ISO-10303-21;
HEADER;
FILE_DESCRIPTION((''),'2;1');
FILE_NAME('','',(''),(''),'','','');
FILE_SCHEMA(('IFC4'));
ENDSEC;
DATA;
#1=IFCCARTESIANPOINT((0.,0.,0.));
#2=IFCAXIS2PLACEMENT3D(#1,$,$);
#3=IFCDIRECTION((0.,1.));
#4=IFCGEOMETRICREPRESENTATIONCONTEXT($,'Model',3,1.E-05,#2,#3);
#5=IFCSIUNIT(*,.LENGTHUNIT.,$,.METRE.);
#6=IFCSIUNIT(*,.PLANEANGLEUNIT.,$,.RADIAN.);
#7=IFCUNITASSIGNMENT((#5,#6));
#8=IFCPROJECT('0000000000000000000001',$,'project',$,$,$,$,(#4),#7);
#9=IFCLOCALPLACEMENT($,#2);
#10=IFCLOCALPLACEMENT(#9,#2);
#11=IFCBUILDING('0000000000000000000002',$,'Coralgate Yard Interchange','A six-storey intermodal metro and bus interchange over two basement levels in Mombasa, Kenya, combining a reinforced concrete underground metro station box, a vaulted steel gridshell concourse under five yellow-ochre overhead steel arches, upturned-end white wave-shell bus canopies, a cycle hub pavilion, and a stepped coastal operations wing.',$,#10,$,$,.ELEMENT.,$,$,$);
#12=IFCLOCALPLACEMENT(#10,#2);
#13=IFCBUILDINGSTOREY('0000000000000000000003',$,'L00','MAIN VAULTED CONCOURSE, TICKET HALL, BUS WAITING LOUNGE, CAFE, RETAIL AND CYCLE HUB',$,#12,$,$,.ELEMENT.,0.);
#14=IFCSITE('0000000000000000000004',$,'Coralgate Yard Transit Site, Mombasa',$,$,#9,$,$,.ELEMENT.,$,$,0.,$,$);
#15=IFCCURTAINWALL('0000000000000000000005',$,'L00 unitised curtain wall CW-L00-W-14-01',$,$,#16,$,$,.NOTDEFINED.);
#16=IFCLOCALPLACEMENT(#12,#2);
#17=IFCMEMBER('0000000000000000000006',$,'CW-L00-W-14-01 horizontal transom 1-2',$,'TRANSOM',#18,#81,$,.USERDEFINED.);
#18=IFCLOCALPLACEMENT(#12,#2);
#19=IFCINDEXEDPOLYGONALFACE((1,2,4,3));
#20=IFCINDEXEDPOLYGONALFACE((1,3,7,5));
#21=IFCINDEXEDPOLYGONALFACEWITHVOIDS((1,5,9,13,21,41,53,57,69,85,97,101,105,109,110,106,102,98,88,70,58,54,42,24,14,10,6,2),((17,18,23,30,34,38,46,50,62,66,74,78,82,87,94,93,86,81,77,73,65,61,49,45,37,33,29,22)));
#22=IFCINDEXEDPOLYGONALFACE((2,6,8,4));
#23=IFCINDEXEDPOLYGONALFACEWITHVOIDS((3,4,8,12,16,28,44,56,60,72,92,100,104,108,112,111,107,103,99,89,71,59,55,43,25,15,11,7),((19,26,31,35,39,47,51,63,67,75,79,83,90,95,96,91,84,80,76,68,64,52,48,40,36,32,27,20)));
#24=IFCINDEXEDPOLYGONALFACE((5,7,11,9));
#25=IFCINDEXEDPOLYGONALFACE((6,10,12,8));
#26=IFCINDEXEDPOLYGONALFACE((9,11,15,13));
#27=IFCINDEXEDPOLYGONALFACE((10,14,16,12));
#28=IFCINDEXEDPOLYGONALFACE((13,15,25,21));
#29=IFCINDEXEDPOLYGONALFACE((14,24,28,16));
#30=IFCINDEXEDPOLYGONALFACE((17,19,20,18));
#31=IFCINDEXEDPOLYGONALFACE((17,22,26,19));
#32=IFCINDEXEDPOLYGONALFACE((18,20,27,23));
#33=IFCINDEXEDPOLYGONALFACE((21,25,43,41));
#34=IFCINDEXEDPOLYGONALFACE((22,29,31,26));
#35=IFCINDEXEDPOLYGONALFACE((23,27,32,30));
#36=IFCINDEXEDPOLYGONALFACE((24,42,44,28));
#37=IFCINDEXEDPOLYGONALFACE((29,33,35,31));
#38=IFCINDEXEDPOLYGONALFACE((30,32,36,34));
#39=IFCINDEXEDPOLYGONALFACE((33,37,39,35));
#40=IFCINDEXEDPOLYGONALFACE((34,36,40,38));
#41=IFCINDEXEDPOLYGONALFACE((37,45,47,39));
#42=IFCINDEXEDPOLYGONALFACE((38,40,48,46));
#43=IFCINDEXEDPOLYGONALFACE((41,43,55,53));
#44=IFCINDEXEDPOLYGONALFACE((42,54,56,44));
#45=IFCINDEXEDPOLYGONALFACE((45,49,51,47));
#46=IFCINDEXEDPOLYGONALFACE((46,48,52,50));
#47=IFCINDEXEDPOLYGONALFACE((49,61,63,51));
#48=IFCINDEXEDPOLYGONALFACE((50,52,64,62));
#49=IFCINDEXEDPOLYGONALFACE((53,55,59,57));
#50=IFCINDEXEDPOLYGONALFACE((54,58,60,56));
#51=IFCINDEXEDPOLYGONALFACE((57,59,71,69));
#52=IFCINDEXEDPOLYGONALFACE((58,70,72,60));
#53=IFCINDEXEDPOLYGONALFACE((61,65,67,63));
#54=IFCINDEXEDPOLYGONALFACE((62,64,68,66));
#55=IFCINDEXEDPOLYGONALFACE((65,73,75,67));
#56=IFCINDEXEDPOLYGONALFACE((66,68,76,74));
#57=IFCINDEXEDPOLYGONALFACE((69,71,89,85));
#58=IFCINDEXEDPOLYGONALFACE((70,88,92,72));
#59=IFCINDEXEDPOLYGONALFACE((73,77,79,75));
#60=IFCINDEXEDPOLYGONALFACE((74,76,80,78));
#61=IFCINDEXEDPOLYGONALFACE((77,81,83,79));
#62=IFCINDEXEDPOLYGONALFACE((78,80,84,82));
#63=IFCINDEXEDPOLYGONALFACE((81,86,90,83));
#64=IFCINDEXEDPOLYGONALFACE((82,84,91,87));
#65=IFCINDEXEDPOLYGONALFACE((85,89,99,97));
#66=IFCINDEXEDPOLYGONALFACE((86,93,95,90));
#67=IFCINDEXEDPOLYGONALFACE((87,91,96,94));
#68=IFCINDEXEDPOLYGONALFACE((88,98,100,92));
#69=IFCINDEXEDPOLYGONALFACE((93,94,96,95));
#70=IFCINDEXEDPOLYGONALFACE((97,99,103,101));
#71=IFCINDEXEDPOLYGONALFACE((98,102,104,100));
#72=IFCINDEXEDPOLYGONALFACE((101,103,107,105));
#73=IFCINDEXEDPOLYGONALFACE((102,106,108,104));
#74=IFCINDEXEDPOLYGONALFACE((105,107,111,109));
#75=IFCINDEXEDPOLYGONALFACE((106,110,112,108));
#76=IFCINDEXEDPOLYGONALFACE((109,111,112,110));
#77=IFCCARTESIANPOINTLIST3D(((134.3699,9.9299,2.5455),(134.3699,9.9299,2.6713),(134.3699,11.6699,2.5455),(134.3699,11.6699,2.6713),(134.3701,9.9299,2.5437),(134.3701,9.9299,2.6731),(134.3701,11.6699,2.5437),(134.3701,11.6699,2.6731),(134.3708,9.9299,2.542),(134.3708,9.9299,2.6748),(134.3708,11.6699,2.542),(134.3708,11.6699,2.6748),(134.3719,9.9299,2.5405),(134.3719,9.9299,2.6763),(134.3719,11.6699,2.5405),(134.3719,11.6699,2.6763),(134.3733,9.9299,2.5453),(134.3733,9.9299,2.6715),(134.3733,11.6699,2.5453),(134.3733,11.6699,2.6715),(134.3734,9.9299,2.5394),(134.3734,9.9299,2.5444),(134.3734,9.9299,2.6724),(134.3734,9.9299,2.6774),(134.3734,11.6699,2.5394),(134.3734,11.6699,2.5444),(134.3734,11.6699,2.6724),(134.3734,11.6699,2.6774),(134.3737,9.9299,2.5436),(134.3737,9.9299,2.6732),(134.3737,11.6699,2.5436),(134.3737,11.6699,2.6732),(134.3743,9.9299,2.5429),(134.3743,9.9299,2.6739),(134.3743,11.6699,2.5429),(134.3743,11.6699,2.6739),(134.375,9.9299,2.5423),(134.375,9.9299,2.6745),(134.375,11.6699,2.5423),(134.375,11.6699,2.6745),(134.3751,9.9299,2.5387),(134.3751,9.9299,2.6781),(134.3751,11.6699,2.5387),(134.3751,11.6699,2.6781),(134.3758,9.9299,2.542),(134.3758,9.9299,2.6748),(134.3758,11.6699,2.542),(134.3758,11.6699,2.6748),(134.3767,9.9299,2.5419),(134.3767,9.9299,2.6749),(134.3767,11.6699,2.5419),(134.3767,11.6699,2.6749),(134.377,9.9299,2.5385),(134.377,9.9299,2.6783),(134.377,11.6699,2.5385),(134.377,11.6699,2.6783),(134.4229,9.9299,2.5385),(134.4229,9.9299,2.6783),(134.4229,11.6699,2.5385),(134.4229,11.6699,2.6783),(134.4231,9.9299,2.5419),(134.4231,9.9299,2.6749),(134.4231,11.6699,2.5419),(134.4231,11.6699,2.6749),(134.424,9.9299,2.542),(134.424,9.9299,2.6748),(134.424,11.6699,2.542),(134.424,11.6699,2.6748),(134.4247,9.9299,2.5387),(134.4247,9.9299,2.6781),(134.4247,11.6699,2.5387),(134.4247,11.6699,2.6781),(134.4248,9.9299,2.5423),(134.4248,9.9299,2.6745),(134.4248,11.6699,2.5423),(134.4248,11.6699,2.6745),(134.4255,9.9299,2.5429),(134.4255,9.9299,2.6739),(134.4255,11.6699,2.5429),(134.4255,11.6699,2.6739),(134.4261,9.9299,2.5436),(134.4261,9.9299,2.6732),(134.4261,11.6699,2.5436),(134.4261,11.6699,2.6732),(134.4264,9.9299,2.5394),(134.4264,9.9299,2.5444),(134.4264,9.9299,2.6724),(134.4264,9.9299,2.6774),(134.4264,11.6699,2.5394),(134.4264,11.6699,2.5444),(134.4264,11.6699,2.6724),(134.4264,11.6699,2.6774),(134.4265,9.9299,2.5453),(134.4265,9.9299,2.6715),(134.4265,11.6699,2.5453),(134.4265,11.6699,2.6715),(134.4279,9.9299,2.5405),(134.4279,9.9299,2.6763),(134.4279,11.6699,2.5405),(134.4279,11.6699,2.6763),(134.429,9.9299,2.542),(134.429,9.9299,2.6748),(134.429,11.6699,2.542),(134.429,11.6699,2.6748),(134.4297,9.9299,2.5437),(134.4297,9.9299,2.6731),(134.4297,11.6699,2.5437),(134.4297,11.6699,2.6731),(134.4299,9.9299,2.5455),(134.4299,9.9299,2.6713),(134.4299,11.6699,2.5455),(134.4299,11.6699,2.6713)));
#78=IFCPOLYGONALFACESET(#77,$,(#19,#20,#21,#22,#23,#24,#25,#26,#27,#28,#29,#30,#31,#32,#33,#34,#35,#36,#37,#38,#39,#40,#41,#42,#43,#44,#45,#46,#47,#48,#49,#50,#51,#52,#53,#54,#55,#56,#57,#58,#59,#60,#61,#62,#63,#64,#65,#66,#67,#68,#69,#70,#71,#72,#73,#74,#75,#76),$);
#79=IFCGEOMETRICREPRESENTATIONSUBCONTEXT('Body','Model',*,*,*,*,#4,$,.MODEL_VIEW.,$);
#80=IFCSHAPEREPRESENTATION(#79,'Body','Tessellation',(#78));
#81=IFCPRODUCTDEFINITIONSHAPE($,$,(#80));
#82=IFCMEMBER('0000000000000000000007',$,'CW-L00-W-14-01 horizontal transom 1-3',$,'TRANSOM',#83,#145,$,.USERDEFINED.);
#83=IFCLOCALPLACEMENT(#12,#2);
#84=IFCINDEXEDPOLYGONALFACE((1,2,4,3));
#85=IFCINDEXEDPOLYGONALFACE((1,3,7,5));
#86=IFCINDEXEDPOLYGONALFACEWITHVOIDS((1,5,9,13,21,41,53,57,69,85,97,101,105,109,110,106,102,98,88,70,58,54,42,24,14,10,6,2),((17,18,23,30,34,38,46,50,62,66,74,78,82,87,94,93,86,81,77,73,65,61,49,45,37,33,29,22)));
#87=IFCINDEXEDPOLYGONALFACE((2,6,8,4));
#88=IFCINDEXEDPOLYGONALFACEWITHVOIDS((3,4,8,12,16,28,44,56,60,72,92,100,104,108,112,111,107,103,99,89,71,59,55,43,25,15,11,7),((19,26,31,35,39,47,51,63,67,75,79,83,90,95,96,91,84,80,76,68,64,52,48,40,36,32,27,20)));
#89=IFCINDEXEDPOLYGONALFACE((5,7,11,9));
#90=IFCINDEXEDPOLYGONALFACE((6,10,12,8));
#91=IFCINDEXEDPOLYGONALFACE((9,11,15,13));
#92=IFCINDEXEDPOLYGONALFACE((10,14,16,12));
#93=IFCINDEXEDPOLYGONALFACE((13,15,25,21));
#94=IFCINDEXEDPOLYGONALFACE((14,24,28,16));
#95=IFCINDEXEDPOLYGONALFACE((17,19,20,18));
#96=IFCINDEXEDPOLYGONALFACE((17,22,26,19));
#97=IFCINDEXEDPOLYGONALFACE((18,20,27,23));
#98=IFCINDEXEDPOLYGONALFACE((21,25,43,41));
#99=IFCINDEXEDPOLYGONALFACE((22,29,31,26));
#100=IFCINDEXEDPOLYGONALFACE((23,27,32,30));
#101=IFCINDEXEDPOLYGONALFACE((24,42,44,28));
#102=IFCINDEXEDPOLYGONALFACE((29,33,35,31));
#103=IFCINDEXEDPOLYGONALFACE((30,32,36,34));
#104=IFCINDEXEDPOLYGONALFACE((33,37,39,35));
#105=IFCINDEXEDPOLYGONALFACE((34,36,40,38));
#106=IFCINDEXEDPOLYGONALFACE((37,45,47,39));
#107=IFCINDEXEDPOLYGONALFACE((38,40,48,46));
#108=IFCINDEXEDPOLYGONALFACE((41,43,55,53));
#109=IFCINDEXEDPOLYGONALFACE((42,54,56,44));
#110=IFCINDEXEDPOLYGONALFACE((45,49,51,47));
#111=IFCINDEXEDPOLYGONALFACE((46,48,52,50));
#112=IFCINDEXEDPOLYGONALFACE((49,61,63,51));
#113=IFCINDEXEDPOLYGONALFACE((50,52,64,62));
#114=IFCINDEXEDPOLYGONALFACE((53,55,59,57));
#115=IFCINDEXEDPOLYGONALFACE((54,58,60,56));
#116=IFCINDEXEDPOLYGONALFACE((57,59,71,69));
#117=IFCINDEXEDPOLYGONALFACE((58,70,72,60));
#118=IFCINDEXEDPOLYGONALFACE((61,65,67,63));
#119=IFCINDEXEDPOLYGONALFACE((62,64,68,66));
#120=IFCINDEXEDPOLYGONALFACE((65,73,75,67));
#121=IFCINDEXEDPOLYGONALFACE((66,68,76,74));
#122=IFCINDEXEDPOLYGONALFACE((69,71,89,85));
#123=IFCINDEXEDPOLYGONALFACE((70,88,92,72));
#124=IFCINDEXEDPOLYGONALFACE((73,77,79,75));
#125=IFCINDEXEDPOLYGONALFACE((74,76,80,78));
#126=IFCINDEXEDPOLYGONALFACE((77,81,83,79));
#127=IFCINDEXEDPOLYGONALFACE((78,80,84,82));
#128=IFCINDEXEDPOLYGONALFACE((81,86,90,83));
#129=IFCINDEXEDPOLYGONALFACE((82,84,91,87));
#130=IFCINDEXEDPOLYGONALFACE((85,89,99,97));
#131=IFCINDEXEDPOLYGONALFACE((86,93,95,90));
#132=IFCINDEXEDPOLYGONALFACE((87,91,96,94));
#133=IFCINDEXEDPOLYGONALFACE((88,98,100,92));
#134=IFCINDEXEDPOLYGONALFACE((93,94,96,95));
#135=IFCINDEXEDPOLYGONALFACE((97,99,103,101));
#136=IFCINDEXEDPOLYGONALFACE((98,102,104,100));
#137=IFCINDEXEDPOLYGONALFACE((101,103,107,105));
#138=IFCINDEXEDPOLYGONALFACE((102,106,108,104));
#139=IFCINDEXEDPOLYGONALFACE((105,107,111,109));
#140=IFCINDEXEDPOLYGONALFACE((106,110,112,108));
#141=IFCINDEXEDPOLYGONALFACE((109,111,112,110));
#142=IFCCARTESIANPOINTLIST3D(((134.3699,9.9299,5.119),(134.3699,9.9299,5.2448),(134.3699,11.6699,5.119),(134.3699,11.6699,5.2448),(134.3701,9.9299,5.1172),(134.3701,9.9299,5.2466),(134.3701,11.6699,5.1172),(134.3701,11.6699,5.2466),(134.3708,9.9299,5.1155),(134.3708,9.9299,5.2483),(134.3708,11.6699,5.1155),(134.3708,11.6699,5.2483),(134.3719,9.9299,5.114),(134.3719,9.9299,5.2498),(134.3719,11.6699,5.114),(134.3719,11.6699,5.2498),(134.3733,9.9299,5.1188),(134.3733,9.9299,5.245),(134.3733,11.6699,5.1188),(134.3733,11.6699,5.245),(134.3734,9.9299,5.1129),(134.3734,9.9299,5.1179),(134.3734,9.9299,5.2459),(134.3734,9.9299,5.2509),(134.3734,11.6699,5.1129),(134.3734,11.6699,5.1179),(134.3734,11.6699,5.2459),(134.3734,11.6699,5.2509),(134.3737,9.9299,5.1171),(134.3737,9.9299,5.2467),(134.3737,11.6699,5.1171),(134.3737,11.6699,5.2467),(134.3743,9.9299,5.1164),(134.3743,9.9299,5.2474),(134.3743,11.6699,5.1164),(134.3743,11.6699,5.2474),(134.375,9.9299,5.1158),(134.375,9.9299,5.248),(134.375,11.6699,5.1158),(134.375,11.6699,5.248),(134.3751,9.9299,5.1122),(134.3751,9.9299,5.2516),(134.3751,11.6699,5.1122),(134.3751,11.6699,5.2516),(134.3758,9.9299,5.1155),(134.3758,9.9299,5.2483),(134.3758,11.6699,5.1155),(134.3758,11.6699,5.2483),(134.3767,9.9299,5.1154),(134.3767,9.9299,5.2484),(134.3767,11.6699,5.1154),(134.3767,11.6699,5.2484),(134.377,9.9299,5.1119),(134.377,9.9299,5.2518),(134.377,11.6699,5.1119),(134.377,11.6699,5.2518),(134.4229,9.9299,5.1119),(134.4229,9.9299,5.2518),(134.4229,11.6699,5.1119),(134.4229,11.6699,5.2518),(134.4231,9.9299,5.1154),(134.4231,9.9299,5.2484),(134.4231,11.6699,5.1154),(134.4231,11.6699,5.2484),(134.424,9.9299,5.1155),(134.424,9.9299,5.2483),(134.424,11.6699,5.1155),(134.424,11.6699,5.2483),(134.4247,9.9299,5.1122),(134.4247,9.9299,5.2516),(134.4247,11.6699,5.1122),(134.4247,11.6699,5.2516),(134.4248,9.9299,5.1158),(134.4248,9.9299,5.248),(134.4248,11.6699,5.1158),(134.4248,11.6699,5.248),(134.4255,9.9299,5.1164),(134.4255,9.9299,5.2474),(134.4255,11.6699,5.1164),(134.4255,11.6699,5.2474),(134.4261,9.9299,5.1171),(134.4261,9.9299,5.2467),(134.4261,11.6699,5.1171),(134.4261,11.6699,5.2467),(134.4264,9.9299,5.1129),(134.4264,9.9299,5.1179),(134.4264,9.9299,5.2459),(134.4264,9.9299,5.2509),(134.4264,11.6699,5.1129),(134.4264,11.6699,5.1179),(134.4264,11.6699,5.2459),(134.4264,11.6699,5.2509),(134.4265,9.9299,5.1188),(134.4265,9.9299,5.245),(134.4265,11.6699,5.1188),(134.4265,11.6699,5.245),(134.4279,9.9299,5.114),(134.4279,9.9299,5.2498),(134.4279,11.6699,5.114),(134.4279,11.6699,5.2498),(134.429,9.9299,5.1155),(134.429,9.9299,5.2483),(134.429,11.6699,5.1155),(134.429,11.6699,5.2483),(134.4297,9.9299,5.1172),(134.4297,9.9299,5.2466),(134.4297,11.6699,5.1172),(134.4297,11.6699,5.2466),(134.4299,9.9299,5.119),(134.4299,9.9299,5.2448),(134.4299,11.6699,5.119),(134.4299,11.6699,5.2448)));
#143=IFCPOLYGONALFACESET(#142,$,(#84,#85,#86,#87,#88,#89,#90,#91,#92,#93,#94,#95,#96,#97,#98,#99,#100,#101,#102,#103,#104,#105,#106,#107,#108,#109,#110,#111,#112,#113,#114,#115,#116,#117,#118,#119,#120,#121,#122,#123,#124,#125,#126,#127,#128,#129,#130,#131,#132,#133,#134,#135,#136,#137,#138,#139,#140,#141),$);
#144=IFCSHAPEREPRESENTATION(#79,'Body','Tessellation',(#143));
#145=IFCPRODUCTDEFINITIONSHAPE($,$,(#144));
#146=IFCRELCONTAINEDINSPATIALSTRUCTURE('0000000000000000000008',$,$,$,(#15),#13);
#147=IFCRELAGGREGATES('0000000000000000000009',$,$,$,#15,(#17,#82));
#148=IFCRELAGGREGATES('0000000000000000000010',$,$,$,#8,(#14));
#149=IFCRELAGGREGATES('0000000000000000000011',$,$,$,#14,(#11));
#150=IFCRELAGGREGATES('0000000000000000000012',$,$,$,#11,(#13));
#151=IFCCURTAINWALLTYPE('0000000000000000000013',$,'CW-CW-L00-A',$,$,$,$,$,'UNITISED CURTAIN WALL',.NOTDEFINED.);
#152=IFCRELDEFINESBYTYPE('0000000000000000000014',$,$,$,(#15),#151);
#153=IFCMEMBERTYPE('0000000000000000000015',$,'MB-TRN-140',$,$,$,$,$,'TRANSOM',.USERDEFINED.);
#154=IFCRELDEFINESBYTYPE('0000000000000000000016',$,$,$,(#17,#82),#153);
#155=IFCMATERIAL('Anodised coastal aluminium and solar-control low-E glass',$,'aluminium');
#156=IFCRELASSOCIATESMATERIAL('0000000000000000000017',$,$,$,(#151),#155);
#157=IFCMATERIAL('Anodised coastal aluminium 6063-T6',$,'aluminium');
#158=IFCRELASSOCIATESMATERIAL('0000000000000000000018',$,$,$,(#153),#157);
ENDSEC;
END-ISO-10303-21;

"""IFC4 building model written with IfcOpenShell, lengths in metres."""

from ifc_helpers import new_model, si_unit, direction, frame, origin, origin_2d, place, context, subcontext, project, spatial, hollow_rectangle, extrude, material, material_profile, profile_set, type_object, element, aggregate, save


model = new_model("IFC4")

# Units and contexts
model_context = context("Model", 3, precision=1e-05, world=origin(), true_north=direction((0.0, 1.0)))
body_context = subcontext(model_context, "Body", "Model", "MODEL_VIEW")
ifc_project = project(units=[si_unit("LENGTHUNIT", "METRE"), si_unit("PLANEANGLEUNIT", "RADIAN")], contexts=[model_context])

# Site, building, storey
site_placement = place(None, origin())
site = spatial("IfcSite", under=ifc_project, at=site_placement, Name="Coralgate Yard Transit Site, Mombasa", CompositionType="ELEMENT", RefElevation=0.0)
building_placement = place(site_placement, origin())
building = spatial("IfcBuilding", under=site, at=building_placement, Name="Coralgate Yard Interchange", Description="A six-storey intermodal metro and bus interchange over two basement levels in Mombasa, Kenya, combining a reinforced concrete underground metro station box, a vaulted steel gridshell concourse under five yellow-ochre overhead steel arches, upturned-end white wave-shell bus canopies, a cycle hub pavilion, and a stepped coastal operations wing.", CompositionType="ELEMENT")
storey_placement = place(building_placement, origin())
storey = spatial("IfcBuildingStorey", under=building, at=storey_placement, Name="L00", Description="MAIN VAULTED CONCOURSE, TICKET HALL, BUS WAITING LOUNGE, CAFE, RETAIL AND CYCLE HUB", CompositionType="ELEMENT", Elevation=0.0)

# Curtain wall, members
ifc_material_1 = material(Name="Anodised coastal aluminium and solar-control low-E glass", Category="aluminium")
curtain_wall_type = type_object("IfcCurtainWallType", Name="CW-CW-L00-A", ElementType="UNITISED CURTAIN WALL", PredefinedType="NOTDEFINED", material=ifc_material_1)
curtain_wall_placement = place(storey_placement, origin())
curtain_wall = element("IfcCurtainWall", 1, at=curtain_wall_placement, inside=storey, type_object=curtain_wall_type, Name="L00 unitised curtain wall CW-L00-W-14-01", PredefinedType="NOTDEFINED")
ifc_material_2 = material(Name="Anodised coastal aluminium 6063-T6", Category="aluminium")
ifc_material_profile_1 = material_profile(ifc_material_2, hollow_rectangle(XDim=0.0601, YDim=0.1399, WallThickness=0.0034, InnerFilletRadius=0.0034, OuterFilletRadius=0.0071, at=origin_2d()), Name="ALU 60x140x3.5")
ifc_profile_set_1 = profile_set([ifc_material_profile_1], Name="Anodised coastal aluminium 6063-T6")
member_type_1 = type_object("IfcMemberType", Name="MB-TRN-140", ElementType="TRANSOM", PredefinedType="USERDEFINED", material=ifc_profile_set_1)
member_1_placement = place(storey_placement, frame((134.3999, 9.9299, 2.6084), z_axis=(0.0, 1.0, 0.0), x_axis=(-1.0, 0.0, 0.0)))
member_1 = element("IfcMember", 2, at=member_1_placement, type_object=member_type_1, Name="CW-L00-W-14-01 horizontal transom 1-2", ObjectType="TRANSOM", PredefinedType="USERDEFINED", context=body_context, shape_type="SweptSolid", body=[
    extrude(hollow_rectangle(XDim=0.0601, YDim=0.1399, WallThickness=0.0034, InnerFilletRadius=0.0034, OuterFilletRadius=0.0071, at=origin_2d()), origin(), (0.0, 0.0, 1.0), 1.74),
])
member_2_placement = place(storey_placement, frame((134.3999, 9.9299, 5.1819), z_axis=(0.0, 1.0, 0.0), x_axis=(-1.0, 0.0, 0.0)))
member_2 = element("IfcMember", 3, at=member_2_placement, type_object=member_type_1, Name="CW-L00-W-14-01 horizontal transom 1-3", ObjectType="TRANSOM", PredefinedType="USERDEFINED", context=body_context, shape_type="SweptSolid", body=[
    extrude(hollow_rectangle(XDim=0.0601, YDim=0.1399, WallThickness=0.0034, InnerFilletRadius=0.0034, OuterFilletRadius=0.0071, at=origin_2d()), origin(), (0.0, 0.0, 1.0), 1.74),
])
aggregate(curtain_wall, [member_1, member_2])

save(model, "model.ifc")
